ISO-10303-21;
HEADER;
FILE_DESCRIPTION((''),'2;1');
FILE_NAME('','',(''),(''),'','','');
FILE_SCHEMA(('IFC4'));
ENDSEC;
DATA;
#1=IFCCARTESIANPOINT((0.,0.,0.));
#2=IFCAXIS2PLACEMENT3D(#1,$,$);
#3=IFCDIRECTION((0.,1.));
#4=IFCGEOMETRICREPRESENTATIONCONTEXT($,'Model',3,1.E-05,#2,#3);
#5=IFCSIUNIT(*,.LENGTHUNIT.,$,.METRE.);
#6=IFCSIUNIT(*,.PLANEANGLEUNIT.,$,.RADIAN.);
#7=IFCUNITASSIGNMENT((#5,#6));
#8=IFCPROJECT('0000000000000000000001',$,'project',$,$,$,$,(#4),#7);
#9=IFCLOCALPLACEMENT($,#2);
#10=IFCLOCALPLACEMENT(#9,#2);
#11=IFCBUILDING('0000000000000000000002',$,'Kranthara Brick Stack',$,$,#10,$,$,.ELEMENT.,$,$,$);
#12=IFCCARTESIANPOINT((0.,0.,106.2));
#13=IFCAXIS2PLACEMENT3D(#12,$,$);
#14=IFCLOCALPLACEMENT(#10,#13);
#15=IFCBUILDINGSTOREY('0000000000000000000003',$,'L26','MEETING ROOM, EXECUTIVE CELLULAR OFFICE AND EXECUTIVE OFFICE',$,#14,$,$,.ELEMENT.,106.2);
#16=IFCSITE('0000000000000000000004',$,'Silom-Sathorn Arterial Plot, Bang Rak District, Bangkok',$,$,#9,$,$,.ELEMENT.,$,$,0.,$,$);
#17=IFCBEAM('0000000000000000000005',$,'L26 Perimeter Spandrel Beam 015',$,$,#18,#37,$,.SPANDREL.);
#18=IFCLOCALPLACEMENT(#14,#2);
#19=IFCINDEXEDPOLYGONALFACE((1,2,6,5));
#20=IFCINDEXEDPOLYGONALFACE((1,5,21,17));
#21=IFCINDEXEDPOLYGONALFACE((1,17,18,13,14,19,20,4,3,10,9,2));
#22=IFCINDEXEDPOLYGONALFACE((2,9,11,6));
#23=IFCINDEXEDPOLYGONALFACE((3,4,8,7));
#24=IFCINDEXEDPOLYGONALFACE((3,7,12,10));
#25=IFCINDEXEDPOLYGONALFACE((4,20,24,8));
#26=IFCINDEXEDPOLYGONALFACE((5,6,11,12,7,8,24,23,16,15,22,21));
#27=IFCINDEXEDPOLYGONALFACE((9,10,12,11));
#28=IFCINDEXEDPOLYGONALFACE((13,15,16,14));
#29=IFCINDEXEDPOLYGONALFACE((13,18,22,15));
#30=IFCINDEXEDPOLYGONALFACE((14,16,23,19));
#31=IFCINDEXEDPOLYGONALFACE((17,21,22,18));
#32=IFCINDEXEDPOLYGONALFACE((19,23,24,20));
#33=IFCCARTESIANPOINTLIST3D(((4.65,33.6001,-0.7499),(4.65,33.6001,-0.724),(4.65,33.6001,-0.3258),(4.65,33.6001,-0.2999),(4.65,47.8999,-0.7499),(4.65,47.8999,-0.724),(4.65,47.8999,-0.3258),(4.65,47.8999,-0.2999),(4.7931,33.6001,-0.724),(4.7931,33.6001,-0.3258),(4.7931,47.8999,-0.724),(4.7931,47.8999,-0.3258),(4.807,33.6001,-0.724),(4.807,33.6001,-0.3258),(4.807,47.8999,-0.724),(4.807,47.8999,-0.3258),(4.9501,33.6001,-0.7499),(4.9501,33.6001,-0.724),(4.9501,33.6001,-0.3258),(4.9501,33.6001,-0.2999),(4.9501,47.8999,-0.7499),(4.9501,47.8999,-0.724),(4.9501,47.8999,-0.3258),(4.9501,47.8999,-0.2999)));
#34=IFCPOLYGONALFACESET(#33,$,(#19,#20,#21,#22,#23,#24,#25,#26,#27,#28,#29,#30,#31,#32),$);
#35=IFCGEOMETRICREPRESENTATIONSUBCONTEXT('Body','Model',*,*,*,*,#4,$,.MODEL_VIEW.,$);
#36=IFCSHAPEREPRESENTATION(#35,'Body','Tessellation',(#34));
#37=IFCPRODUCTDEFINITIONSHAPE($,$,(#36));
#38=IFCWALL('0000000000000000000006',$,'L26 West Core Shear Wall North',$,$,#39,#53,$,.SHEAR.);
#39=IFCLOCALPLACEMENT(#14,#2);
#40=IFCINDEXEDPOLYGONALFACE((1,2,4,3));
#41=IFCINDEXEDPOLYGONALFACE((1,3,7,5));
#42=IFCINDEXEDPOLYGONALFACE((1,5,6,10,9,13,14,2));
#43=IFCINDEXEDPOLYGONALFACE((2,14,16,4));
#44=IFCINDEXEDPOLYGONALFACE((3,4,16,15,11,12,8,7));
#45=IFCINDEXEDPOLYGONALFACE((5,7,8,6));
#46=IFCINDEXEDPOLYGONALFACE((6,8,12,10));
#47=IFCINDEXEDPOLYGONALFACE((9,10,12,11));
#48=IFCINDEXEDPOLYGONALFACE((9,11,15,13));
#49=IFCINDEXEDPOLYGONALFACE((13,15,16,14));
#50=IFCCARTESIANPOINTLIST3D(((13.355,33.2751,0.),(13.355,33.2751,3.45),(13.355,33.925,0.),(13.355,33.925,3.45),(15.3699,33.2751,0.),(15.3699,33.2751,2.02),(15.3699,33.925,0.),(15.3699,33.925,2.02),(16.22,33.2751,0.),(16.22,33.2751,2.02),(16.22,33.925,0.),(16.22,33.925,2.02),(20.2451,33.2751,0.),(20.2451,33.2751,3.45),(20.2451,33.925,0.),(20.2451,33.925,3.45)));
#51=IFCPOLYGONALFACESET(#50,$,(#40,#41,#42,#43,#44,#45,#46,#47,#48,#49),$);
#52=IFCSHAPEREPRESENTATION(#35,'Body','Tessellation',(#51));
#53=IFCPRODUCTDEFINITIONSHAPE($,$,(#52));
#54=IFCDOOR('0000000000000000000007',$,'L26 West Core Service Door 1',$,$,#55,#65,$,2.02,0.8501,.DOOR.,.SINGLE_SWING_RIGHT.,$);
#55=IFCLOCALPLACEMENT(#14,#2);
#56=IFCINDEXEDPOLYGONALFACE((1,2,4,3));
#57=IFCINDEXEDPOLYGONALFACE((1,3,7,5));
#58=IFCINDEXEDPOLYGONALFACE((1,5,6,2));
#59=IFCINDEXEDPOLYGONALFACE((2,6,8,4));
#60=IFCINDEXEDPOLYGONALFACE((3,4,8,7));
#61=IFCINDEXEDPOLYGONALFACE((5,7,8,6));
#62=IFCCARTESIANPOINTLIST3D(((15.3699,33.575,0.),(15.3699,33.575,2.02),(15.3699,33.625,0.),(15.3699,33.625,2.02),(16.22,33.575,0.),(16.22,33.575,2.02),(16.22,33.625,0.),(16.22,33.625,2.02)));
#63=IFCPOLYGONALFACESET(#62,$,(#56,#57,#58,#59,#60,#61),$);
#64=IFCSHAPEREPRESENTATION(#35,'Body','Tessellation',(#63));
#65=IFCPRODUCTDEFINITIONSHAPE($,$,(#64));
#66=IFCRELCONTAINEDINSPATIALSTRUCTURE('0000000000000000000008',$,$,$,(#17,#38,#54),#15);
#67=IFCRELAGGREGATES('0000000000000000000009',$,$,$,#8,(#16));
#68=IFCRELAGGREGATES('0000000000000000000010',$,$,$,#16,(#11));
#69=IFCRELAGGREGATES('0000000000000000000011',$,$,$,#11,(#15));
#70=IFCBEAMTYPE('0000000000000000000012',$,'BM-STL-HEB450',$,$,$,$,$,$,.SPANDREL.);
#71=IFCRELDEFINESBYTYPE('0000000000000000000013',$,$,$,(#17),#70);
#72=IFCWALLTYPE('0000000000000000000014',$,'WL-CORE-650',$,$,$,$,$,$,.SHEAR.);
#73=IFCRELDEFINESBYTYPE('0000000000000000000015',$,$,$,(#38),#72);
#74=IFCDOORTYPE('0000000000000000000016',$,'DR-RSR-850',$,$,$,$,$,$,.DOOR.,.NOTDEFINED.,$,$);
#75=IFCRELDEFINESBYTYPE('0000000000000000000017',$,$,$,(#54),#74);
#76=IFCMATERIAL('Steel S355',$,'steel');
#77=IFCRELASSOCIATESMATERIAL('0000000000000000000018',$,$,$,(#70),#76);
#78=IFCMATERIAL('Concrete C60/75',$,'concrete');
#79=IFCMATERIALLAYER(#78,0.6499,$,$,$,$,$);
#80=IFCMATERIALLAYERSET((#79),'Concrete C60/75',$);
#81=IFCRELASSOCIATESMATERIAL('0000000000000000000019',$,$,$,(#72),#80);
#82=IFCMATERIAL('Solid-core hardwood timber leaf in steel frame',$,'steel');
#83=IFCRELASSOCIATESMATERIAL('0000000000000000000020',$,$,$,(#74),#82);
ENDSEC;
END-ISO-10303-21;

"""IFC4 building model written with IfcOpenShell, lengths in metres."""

from ifc_helpers import new_model, si_unit, direction, frame, frame_2d, origin, origin_2d, place, context, subcontext, project, spatial, rectangle, i_section, extrude, material, layer, layer_set, material_profile, profile_set, type_object, element, fill, save


model = new_model("IFC4")

# Units and contexts
model_context = context("Model", 3, precision=1e-05, world=origin(), true_north=direction((0.0, 1.0)))
body_context = subcontext(model_context, "Body", "Model", "MODEL_VIEW")
ifc_project = project(units=[si_unit("LENGTHUNIT", "METRE"), si_unit("PLANEANGLEUNIT", "RADIAN")], contexts=[model_context])

# Site, building, storey
site_placement = place(None, origin())
site = spatial("IfcSite", under=ifc_project, at=site_placement, Name="Silom-Sathorn Arterial Plot, Bang Rak District, Bangkok", CompositionType="ELEMENT", RefElevation=0.0)
building_placement = place(site_placement, origin())
building = spatial("IfcBuilding", under=site, at=building_placement, Name="Kranthara Brick Stack", CompositionType="ELEMENT")
storey_placement = place(building_placement, frame((0.0, 0.0, 106.2)))
storey = spatial("IfcBuildingStorey", under=building, at=storey_placement, Name="L26", Description="MEETING ROOM, EXECUTIVE CELLULAR OFFICE AND EXECUTIVE OFFICE", CompositionType="ELEMENT", Elevation=106.2)

# Beam
ifc_material_1 = material(Name="Steel S355", Category="steel")
ifc_material_profile_1 = material_profile(ifc_material_1, i_section(OverallWidth=0.3, OverallDepth=0.45, WebThickness=0.0139, FlangeThickness=0.0259, at=origin_2d()), Name="HEB 450")
ifc_profile_set_1 = profile_set([ifc_material_profile_1], Name="Steel S355")
beam_type_1 = type_object("IfcBeamType", Name="BM-STL-HEB450", PredefinedType="SPANDREL", material=ifc_profile_set_1)
beam_1_placement = place(storey_placement, frame((4.8, 33.6001, -0.5249), z_axis=(0.0, 1.0, 0.0), x_axis=(-1.0, 0.0, 0.0)))
element("IfcBeam", 1, at=beam_1_placement, inside=storey, type_object=beam_type_1, Name="L26 Perimeter Spandrel Beam 015", PredefinedType="SPANDREL", context=body_context, shape_type="SweptSolid", body=[
    extrude(i_section(OverallWidth=0.3, OverallDepth=0.45, WebThickness=0.0139, FlangeThickness=0.0259, at=origin_2d()), origin(), (0.0, 0.0, 1.0), 14.2998),
])

# Wall, opening, door
ifc_material_2 = material(Name="Concrete C60/75", Category="concrete")
ifc_layer = layer(ifc_material_2, 0.6499)
ifc_layer_set = layer_set([ifc_layer], Name="Concrete C60/75")
wall_type = type_object("IfcWallType", Name="WL-CORE-650", PredefinedType="SHEAR", material=ifc_layer_set)
wall_placement = place(storey_placement, frame((13.355, 33.6001, 0.0), z_axis=(0.0, 0.0, 1.0), x_axis=(1.0, 0.0, 0.0)))
wall = element("IfcWall", 2, at=wall_placement, inside=storey, type_object=wall_type, Name="L26 West Core Shear Wall North", PredefinedType="SHEAR", context=body_context, shape_type="SweptSolid", body=[
    extrude(rectangle(XDim=6.8901, YDim=0.6499, at=frame_2d((3.4451, 0.0))), origin(), (0.0, 0.0, 1.0), 3.45),
])
opening_placement = place(wall_placement, frame((2.0149, 0.0, 0.0)))
opening = element("IfcOpeningElement", 3, at=opening_placement, cuts=wall, PredefinedType="OPENING", context=body_context, shape_type="SweptSolid", body=[
    extrude(rectangle(XDim=0.8501, YDim=2.02, at=frame_2d((0.425, 1.01))), frame((0.0, 0.335, 0.0), z_axis=(0.0, -1.0, 0.0), x_axis=(1.0, 0.0, 0.0)), (0.0, 0.0, 1.0), 0.6699),
])
ifc_material_3 = material(Name="Solid-core hardwood timber leaf in steel frame", Category="steel")
door_type = type_object("IfcDoorType", Name="DR-RSR-850", OperationType="NOTDEFINED", PredefinedType="DOOR", material=ifc_material_3)
door_placement = place(opening_placement, origin())
door = element("IfcDoor", 4, at=door_placement, inside=storey, type_object=door_type, Name="L26 West Core Service Door 1", OperationType="SINGLE_SWING_RIGHT", OverallHeight=2.02, OverallWidth=0.8501, PredefinedType="DOOR", context=body_context, shape_type="SweptSolid", body=[
    extrude(rectangle(XDim=0.8501, YDim=2.02, at=frame_2d((0.425, 1.01))), frame((0.0, 0.0249, 0.0), z_axis=(0.0, -1.0, 0.0), x_axis=(1.0, 0.0, 0.0)), (0.0, 0.0, 1.0), 0.05),
])
fill(opening, door)

save(model, "model.ifc")
